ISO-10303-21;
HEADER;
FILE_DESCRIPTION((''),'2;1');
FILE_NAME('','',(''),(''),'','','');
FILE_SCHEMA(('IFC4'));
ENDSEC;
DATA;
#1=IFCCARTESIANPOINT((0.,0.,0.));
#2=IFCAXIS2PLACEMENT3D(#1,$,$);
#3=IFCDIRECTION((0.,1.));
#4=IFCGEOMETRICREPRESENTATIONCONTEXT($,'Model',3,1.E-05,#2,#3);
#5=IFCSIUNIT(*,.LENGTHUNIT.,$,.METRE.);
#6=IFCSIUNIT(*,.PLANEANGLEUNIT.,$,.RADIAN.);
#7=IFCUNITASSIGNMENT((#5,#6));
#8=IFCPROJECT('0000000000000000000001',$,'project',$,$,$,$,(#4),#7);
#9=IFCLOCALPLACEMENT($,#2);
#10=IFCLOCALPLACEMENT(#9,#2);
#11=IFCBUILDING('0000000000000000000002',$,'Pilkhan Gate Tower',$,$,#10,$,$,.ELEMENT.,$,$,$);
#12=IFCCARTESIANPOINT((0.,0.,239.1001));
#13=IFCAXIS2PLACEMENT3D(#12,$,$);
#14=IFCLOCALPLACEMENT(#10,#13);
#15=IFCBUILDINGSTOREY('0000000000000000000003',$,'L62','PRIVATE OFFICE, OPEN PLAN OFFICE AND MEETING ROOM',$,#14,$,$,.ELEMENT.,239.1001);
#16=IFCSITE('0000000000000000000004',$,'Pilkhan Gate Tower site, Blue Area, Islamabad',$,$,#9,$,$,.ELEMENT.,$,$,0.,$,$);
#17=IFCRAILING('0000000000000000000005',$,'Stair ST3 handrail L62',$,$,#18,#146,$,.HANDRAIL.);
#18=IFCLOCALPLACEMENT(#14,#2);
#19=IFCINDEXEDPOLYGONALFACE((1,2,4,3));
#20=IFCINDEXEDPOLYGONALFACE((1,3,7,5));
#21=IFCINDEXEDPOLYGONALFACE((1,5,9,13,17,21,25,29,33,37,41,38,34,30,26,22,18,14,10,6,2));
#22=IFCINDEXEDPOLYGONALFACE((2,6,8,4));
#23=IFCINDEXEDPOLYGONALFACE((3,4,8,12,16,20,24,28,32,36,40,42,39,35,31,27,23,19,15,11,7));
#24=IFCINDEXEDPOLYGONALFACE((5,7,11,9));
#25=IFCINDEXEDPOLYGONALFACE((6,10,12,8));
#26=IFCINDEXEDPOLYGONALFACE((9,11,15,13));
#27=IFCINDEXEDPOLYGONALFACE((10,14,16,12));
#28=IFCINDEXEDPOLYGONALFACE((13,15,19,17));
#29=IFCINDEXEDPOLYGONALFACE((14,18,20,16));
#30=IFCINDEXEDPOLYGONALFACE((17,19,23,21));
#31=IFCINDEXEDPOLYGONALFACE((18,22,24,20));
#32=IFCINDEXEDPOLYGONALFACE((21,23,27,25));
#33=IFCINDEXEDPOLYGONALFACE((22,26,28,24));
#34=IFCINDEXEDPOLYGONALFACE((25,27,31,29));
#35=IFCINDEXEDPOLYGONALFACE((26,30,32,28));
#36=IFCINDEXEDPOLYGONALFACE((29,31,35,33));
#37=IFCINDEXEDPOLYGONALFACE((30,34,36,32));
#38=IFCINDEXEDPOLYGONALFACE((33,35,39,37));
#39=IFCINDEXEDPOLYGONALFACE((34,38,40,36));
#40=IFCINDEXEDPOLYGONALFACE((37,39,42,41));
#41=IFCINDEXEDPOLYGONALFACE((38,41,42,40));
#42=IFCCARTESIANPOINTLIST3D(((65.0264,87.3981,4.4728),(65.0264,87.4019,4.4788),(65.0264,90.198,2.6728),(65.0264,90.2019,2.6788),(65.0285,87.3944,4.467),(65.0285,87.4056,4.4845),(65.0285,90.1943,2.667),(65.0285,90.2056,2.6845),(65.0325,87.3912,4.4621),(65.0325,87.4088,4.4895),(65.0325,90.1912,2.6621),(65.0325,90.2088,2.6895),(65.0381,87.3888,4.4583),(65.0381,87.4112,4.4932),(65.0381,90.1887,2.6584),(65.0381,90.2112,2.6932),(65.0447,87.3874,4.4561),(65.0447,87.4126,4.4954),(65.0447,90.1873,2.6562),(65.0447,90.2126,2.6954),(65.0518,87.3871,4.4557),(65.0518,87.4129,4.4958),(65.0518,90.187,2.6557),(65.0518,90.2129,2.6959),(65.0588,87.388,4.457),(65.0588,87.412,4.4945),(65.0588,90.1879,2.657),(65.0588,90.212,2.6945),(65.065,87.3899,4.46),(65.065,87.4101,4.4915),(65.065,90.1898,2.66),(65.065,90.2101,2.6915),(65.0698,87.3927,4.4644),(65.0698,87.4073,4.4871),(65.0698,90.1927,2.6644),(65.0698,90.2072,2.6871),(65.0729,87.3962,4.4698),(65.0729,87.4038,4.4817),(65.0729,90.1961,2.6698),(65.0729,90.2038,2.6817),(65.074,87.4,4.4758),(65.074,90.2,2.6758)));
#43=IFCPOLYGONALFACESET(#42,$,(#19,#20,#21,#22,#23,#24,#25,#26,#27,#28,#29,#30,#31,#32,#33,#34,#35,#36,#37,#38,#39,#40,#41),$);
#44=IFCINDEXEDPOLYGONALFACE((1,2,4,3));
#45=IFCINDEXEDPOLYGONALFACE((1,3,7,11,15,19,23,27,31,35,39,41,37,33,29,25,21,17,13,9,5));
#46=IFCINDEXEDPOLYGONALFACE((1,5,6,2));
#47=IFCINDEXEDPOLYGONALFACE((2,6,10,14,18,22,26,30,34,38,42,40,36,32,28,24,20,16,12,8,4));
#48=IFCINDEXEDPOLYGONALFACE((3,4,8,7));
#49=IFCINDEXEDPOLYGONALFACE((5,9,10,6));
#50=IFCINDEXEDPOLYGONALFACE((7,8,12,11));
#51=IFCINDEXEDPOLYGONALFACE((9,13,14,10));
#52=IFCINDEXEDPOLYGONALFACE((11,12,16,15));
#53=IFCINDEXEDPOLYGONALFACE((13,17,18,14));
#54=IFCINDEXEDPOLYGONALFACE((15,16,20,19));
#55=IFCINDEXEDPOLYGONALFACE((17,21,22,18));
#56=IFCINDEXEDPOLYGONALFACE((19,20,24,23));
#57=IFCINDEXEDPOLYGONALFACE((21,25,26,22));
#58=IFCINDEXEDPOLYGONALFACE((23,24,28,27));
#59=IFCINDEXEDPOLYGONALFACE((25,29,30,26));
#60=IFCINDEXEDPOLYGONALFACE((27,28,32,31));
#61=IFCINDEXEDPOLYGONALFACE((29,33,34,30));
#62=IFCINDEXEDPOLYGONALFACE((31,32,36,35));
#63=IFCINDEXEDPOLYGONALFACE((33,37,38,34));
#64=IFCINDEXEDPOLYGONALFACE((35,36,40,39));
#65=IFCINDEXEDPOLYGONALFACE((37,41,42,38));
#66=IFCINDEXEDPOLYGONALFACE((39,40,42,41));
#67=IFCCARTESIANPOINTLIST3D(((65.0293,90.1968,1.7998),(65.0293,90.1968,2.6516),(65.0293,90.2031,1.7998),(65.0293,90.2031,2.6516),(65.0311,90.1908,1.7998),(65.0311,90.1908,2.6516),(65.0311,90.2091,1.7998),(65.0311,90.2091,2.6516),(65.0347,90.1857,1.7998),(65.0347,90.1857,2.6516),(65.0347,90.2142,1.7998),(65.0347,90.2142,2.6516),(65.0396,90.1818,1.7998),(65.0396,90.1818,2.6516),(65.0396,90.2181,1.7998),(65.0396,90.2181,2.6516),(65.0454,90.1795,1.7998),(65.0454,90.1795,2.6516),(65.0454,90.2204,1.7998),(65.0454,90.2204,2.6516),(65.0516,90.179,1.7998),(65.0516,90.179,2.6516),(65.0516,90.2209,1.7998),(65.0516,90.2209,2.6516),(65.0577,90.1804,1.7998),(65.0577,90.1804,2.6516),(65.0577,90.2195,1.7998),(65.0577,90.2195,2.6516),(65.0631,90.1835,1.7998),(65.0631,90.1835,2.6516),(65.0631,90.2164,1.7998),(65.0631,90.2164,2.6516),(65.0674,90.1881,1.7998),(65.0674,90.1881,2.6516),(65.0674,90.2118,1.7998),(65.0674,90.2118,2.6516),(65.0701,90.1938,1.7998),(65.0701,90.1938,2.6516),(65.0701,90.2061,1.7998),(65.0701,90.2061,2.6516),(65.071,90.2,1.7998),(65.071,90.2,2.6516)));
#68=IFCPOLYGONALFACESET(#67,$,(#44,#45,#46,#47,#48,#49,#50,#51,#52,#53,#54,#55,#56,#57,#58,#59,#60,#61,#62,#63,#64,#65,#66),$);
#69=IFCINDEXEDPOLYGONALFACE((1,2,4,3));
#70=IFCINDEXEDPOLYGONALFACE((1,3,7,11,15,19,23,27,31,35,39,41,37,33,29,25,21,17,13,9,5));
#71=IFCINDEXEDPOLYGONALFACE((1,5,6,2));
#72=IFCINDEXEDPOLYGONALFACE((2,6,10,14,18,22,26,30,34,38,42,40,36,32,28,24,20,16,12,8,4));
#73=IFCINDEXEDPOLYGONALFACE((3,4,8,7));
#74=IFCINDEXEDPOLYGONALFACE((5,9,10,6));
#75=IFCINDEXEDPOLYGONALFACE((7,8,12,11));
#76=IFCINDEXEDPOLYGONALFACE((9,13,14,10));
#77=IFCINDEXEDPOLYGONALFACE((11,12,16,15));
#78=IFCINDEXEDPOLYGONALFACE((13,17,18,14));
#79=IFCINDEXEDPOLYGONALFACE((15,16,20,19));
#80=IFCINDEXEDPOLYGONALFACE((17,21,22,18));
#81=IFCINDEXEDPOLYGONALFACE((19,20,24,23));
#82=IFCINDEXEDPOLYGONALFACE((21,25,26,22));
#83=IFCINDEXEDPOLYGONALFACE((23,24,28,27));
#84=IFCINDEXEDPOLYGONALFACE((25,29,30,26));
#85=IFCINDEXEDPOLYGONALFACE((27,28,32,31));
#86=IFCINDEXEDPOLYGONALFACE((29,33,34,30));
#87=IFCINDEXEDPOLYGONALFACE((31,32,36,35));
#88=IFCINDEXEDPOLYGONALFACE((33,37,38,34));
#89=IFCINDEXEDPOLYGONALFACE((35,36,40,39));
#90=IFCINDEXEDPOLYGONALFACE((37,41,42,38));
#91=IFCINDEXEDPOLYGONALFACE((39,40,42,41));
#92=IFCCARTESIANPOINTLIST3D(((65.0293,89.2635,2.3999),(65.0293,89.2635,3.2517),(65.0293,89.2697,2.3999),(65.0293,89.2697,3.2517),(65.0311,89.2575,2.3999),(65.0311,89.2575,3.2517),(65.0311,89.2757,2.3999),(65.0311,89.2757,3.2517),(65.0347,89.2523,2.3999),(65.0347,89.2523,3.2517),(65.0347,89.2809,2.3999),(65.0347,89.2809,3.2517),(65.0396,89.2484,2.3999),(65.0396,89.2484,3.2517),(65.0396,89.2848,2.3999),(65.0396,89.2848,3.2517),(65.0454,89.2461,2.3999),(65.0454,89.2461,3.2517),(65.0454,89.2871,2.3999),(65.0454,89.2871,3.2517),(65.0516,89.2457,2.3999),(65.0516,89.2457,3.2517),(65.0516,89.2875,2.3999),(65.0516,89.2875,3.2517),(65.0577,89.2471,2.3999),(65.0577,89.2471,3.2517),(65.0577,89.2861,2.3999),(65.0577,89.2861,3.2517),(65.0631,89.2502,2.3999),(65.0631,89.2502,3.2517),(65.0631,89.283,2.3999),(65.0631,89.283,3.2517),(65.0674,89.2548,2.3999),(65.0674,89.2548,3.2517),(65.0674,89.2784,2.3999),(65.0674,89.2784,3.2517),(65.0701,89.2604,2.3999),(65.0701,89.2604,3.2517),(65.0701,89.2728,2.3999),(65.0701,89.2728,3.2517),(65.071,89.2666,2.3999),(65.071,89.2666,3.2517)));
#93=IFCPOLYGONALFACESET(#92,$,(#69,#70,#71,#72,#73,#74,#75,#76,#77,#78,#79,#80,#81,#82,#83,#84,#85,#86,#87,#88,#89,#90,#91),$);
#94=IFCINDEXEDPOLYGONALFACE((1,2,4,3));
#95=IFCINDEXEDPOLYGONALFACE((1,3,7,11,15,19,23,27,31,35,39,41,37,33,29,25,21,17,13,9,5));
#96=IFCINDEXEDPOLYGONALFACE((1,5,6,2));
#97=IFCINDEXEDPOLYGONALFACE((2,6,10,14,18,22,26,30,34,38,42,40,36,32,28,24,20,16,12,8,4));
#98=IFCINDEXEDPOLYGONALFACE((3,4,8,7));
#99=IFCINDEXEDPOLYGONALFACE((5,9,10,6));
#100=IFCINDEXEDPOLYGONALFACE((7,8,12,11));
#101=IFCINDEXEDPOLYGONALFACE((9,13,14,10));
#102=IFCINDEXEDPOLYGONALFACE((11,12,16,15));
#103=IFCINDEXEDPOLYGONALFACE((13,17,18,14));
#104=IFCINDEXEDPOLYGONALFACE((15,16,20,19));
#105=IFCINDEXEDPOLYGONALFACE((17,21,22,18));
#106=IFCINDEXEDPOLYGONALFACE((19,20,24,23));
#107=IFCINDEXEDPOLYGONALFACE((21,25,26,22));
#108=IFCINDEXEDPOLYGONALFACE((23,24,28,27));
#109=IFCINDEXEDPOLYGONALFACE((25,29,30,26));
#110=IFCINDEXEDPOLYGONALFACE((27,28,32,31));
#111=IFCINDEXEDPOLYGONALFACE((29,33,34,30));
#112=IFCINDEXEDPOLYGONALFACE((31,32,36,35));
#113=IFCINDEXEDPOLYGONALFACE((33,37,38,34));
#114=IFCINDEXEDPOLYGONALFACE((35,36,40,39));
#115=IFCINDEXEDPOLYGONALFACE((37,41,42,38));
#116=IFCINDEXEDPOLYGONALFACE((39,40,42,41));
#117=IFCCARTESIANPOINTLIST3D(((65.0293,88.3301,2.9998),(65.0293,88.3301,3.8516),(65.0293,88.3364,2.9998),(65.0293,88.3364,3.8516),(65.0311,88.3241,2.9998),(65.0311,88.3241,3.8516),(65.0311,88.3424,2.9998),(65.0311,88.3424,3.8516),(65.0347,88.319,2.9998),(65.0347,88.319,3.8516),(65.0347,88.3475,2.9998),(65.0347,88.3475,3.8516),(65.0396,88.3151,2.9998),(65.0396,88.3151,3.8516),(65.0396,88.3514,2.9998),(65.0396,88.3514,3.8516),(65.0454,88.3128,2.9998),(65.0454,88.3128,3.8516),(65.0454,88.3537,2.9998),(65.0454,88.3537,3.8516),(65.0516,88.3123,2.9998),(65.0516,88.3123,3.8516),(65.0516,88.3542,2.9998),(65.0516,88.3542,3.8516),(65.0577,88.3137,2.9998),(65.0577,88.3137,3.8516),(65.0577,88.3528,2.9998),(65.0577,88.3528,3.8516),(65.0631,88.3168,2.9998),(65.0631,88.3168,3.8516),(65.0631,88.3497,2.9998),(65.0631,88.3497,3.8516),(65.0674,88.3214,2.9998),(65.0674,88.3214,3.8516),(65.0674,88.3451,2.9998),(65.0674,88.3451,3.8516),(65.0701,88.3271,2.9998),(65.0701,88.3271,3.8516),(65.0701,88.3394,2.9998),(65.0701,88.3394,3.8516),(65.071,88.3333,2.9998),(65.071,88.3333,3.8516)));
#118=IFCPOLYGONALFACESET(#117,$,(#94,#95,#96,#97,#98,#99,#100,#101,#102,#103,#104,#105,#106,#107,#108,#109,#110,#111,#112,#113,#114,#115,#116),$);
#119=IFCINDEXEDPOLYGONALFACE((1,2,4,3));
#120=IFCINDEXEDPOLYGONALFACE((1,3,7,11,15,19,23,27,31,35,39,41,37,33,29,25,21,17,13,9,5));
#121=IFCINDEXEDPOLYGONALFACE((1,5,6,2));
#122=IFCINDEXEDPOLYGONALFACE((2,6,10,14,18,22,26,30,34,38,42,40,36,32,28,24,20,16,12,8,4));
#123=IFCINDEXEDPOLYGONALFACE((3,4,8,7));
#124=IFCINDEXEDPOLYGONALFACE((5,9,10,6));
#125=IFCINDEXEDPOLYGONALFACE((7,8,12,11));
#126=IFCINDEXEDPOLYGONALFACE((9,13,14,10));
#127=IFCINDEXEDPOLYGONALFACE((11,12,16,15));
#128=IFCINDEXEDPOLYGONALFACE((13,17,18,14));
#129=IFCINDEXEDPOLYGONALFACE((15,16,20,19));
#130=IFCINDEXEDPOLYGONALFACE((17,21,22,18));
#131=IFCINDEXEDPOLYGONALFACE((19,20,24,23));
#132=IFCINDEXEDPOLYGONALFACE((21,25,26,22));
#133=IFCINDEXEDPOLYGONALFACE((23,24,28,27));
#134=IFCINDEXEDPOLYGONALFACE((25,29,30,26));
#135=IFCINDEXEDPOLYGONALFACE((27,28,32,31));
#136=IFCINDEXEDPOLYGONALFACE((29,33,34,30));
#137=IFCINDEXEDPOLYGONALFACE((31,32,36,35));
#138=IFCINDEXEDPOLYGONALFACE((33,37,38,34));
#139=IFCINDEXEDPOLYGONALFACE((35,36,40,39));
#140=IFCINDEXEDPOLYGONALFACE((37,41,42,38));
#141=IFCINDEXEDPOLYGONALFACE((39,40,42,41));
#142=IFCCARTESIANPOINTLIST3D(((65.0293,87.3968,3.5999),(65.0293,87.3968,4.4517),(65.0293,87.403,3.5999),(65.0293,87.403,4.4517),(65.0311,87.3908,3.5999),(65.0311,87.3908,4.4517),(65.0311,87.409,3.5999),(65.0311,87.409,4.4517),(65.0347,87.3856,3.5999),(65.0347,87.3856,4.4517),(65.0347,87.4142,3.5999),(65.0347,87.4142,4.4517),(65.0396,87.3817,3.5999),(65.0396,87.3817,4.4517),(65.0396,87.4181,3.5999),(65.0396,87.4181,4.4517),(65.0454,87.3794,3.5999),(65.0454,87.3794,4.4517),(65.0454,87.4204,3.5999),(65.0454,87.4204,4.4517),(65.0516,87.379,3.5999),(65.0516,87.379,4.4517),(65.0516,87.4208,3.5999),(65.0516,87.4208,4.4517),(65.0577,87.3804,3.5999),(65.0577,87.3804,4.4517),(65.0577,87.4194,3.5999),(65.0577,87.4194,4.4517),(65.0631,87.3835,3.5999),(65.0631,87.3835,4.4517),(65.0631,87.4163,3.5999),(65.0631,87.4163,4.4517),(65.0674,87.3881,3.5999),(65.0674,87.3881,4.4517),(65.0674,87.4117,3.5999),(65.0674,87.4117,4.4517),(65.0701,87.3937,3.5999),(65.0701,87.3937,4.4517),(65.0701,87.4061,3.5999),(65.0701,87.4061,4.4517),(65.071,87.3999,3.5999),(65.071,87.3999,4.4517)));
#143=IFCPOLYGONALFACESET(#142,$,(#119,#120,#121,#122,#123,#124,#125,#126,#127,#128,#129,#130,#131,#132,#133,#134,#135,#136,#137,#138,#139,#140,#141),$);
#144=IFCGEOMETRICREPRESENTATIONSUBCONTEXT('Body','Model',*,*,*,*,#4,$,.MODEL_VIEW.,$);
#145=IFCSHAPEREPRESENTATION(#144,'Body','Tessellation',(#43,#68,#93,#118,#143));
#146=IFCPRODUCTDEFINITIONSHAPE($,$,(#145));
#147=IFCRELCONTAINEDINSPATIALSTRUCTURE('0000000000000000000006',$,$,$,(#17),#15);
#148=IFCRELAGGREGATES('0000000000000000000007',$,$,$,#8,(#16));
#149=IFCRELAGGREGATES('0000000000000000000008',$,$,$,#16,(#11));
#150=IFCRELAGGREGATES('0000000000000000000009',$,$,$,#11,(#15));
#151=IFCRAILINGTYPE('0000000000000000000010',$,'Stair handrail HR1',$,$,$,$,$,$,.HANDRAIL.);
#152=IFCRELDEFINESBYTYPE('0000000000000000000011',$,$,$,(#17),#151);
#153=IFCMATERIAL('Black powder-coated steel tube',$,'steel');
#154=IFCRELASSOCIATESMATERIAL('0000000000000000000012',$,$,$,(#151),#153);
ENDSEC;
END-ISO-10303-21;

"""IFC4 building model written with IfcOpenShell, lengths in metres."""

from ifc_helpers import new_model, si_unit, direction, frame, origin, origin_2d, place, context, subcontext, project, spatial, circle, extrude, material, type_object, element, save


model = new_model("IFC4")

# Units and contexts
model_context = context("Model", 3, precision=1e-05, world=origin(), true_north=direction((0.0, 1.0)))
body_context = subcontext(model_context, "Body", "Model", "MODEL_VIEW")
ifc_project = project(units=[si_unit("LENGTHUNIT", "METRE"), si_unit("PLANEANGLEUNIT", "RADIAN")], contexts=[model_context])

# Site, building, storey
site_placement = place(None, origin())
site = spatial("IfcSite", under=ifc_project, at=site_placement, Name="Pilkhan Gate Tower site, Blue Area, Islamabad", CompositionType="ELEMENT", RefElevation=0.0)
building_placement = place(site_placement, origin())
building = spatial("IfcBuilding", under=site, at=building_placement, Name="Pilkhan Gate Tower", CompositionType="ELEMENT")
storey_placement = place(building_placement, frame((0.0, 0.0, 239.1001)))
storey = spatial("IfcBuildingStorey", under=building, at=storey_placement, Name="L62", Description="PRIVATE OFFICE, OPEN PLAN OFFICE AND MEETING ROOM", CompositionType="ELEMENT", Elevation=239.1001)

# Railing
ifc_material_1 = material(Name="Black powder-coated steel tube", Category="steel")
railing_type_1 = type_object("IfcRailingType", Name="Stair handrail HR1", PredefinedType="HANDRAIL", material=ifc_material_1)
railing_1_placement = place(storey_placement, frame((65.05, 90.2, 1.7998)))
element("IfcRailing", 1, at=railing_1_placement, inside=storey, type_object=railing_type_1, Name="Stair ST3 handrail L62", PredefinedType="HANDRAIL", context=body_context, shape_type="SweptSolid", body=[
    extrude(circle(Radius=0.0239, at=origin_2d()), frame((0.0, 0.0, 0.876), z_axis=(0.0, -0.841176, 0.540761), x_axis=(1.0, 0.0, 0.0)), (0.0, 0.0, 1.0), 3.3286),
    extrude(circle(Radius=0.021, at=origin_2d()), origin(), (0.0, 0.0, 1.0), 0.8518),
    extrude(circle(Radius=0.021, at=origin_2d()), frame((0.0, -0.9333, 0.6001)), (0.0, 0.0, 1.0), 0.8518),
    extrude(circle(Radius=0.021, at=origin_2d()), frame((0.0, -1.8667, 1.2)), (0.0, 0.0, 1.0), 0.8518),
    extrude(circle(Radius=0.021, at=origin_2d()), frame((0.0, -2.8, 1.8)), (0.0, 0.0, 1.0), 0.8518),
])

save(model, "model.ifc")
